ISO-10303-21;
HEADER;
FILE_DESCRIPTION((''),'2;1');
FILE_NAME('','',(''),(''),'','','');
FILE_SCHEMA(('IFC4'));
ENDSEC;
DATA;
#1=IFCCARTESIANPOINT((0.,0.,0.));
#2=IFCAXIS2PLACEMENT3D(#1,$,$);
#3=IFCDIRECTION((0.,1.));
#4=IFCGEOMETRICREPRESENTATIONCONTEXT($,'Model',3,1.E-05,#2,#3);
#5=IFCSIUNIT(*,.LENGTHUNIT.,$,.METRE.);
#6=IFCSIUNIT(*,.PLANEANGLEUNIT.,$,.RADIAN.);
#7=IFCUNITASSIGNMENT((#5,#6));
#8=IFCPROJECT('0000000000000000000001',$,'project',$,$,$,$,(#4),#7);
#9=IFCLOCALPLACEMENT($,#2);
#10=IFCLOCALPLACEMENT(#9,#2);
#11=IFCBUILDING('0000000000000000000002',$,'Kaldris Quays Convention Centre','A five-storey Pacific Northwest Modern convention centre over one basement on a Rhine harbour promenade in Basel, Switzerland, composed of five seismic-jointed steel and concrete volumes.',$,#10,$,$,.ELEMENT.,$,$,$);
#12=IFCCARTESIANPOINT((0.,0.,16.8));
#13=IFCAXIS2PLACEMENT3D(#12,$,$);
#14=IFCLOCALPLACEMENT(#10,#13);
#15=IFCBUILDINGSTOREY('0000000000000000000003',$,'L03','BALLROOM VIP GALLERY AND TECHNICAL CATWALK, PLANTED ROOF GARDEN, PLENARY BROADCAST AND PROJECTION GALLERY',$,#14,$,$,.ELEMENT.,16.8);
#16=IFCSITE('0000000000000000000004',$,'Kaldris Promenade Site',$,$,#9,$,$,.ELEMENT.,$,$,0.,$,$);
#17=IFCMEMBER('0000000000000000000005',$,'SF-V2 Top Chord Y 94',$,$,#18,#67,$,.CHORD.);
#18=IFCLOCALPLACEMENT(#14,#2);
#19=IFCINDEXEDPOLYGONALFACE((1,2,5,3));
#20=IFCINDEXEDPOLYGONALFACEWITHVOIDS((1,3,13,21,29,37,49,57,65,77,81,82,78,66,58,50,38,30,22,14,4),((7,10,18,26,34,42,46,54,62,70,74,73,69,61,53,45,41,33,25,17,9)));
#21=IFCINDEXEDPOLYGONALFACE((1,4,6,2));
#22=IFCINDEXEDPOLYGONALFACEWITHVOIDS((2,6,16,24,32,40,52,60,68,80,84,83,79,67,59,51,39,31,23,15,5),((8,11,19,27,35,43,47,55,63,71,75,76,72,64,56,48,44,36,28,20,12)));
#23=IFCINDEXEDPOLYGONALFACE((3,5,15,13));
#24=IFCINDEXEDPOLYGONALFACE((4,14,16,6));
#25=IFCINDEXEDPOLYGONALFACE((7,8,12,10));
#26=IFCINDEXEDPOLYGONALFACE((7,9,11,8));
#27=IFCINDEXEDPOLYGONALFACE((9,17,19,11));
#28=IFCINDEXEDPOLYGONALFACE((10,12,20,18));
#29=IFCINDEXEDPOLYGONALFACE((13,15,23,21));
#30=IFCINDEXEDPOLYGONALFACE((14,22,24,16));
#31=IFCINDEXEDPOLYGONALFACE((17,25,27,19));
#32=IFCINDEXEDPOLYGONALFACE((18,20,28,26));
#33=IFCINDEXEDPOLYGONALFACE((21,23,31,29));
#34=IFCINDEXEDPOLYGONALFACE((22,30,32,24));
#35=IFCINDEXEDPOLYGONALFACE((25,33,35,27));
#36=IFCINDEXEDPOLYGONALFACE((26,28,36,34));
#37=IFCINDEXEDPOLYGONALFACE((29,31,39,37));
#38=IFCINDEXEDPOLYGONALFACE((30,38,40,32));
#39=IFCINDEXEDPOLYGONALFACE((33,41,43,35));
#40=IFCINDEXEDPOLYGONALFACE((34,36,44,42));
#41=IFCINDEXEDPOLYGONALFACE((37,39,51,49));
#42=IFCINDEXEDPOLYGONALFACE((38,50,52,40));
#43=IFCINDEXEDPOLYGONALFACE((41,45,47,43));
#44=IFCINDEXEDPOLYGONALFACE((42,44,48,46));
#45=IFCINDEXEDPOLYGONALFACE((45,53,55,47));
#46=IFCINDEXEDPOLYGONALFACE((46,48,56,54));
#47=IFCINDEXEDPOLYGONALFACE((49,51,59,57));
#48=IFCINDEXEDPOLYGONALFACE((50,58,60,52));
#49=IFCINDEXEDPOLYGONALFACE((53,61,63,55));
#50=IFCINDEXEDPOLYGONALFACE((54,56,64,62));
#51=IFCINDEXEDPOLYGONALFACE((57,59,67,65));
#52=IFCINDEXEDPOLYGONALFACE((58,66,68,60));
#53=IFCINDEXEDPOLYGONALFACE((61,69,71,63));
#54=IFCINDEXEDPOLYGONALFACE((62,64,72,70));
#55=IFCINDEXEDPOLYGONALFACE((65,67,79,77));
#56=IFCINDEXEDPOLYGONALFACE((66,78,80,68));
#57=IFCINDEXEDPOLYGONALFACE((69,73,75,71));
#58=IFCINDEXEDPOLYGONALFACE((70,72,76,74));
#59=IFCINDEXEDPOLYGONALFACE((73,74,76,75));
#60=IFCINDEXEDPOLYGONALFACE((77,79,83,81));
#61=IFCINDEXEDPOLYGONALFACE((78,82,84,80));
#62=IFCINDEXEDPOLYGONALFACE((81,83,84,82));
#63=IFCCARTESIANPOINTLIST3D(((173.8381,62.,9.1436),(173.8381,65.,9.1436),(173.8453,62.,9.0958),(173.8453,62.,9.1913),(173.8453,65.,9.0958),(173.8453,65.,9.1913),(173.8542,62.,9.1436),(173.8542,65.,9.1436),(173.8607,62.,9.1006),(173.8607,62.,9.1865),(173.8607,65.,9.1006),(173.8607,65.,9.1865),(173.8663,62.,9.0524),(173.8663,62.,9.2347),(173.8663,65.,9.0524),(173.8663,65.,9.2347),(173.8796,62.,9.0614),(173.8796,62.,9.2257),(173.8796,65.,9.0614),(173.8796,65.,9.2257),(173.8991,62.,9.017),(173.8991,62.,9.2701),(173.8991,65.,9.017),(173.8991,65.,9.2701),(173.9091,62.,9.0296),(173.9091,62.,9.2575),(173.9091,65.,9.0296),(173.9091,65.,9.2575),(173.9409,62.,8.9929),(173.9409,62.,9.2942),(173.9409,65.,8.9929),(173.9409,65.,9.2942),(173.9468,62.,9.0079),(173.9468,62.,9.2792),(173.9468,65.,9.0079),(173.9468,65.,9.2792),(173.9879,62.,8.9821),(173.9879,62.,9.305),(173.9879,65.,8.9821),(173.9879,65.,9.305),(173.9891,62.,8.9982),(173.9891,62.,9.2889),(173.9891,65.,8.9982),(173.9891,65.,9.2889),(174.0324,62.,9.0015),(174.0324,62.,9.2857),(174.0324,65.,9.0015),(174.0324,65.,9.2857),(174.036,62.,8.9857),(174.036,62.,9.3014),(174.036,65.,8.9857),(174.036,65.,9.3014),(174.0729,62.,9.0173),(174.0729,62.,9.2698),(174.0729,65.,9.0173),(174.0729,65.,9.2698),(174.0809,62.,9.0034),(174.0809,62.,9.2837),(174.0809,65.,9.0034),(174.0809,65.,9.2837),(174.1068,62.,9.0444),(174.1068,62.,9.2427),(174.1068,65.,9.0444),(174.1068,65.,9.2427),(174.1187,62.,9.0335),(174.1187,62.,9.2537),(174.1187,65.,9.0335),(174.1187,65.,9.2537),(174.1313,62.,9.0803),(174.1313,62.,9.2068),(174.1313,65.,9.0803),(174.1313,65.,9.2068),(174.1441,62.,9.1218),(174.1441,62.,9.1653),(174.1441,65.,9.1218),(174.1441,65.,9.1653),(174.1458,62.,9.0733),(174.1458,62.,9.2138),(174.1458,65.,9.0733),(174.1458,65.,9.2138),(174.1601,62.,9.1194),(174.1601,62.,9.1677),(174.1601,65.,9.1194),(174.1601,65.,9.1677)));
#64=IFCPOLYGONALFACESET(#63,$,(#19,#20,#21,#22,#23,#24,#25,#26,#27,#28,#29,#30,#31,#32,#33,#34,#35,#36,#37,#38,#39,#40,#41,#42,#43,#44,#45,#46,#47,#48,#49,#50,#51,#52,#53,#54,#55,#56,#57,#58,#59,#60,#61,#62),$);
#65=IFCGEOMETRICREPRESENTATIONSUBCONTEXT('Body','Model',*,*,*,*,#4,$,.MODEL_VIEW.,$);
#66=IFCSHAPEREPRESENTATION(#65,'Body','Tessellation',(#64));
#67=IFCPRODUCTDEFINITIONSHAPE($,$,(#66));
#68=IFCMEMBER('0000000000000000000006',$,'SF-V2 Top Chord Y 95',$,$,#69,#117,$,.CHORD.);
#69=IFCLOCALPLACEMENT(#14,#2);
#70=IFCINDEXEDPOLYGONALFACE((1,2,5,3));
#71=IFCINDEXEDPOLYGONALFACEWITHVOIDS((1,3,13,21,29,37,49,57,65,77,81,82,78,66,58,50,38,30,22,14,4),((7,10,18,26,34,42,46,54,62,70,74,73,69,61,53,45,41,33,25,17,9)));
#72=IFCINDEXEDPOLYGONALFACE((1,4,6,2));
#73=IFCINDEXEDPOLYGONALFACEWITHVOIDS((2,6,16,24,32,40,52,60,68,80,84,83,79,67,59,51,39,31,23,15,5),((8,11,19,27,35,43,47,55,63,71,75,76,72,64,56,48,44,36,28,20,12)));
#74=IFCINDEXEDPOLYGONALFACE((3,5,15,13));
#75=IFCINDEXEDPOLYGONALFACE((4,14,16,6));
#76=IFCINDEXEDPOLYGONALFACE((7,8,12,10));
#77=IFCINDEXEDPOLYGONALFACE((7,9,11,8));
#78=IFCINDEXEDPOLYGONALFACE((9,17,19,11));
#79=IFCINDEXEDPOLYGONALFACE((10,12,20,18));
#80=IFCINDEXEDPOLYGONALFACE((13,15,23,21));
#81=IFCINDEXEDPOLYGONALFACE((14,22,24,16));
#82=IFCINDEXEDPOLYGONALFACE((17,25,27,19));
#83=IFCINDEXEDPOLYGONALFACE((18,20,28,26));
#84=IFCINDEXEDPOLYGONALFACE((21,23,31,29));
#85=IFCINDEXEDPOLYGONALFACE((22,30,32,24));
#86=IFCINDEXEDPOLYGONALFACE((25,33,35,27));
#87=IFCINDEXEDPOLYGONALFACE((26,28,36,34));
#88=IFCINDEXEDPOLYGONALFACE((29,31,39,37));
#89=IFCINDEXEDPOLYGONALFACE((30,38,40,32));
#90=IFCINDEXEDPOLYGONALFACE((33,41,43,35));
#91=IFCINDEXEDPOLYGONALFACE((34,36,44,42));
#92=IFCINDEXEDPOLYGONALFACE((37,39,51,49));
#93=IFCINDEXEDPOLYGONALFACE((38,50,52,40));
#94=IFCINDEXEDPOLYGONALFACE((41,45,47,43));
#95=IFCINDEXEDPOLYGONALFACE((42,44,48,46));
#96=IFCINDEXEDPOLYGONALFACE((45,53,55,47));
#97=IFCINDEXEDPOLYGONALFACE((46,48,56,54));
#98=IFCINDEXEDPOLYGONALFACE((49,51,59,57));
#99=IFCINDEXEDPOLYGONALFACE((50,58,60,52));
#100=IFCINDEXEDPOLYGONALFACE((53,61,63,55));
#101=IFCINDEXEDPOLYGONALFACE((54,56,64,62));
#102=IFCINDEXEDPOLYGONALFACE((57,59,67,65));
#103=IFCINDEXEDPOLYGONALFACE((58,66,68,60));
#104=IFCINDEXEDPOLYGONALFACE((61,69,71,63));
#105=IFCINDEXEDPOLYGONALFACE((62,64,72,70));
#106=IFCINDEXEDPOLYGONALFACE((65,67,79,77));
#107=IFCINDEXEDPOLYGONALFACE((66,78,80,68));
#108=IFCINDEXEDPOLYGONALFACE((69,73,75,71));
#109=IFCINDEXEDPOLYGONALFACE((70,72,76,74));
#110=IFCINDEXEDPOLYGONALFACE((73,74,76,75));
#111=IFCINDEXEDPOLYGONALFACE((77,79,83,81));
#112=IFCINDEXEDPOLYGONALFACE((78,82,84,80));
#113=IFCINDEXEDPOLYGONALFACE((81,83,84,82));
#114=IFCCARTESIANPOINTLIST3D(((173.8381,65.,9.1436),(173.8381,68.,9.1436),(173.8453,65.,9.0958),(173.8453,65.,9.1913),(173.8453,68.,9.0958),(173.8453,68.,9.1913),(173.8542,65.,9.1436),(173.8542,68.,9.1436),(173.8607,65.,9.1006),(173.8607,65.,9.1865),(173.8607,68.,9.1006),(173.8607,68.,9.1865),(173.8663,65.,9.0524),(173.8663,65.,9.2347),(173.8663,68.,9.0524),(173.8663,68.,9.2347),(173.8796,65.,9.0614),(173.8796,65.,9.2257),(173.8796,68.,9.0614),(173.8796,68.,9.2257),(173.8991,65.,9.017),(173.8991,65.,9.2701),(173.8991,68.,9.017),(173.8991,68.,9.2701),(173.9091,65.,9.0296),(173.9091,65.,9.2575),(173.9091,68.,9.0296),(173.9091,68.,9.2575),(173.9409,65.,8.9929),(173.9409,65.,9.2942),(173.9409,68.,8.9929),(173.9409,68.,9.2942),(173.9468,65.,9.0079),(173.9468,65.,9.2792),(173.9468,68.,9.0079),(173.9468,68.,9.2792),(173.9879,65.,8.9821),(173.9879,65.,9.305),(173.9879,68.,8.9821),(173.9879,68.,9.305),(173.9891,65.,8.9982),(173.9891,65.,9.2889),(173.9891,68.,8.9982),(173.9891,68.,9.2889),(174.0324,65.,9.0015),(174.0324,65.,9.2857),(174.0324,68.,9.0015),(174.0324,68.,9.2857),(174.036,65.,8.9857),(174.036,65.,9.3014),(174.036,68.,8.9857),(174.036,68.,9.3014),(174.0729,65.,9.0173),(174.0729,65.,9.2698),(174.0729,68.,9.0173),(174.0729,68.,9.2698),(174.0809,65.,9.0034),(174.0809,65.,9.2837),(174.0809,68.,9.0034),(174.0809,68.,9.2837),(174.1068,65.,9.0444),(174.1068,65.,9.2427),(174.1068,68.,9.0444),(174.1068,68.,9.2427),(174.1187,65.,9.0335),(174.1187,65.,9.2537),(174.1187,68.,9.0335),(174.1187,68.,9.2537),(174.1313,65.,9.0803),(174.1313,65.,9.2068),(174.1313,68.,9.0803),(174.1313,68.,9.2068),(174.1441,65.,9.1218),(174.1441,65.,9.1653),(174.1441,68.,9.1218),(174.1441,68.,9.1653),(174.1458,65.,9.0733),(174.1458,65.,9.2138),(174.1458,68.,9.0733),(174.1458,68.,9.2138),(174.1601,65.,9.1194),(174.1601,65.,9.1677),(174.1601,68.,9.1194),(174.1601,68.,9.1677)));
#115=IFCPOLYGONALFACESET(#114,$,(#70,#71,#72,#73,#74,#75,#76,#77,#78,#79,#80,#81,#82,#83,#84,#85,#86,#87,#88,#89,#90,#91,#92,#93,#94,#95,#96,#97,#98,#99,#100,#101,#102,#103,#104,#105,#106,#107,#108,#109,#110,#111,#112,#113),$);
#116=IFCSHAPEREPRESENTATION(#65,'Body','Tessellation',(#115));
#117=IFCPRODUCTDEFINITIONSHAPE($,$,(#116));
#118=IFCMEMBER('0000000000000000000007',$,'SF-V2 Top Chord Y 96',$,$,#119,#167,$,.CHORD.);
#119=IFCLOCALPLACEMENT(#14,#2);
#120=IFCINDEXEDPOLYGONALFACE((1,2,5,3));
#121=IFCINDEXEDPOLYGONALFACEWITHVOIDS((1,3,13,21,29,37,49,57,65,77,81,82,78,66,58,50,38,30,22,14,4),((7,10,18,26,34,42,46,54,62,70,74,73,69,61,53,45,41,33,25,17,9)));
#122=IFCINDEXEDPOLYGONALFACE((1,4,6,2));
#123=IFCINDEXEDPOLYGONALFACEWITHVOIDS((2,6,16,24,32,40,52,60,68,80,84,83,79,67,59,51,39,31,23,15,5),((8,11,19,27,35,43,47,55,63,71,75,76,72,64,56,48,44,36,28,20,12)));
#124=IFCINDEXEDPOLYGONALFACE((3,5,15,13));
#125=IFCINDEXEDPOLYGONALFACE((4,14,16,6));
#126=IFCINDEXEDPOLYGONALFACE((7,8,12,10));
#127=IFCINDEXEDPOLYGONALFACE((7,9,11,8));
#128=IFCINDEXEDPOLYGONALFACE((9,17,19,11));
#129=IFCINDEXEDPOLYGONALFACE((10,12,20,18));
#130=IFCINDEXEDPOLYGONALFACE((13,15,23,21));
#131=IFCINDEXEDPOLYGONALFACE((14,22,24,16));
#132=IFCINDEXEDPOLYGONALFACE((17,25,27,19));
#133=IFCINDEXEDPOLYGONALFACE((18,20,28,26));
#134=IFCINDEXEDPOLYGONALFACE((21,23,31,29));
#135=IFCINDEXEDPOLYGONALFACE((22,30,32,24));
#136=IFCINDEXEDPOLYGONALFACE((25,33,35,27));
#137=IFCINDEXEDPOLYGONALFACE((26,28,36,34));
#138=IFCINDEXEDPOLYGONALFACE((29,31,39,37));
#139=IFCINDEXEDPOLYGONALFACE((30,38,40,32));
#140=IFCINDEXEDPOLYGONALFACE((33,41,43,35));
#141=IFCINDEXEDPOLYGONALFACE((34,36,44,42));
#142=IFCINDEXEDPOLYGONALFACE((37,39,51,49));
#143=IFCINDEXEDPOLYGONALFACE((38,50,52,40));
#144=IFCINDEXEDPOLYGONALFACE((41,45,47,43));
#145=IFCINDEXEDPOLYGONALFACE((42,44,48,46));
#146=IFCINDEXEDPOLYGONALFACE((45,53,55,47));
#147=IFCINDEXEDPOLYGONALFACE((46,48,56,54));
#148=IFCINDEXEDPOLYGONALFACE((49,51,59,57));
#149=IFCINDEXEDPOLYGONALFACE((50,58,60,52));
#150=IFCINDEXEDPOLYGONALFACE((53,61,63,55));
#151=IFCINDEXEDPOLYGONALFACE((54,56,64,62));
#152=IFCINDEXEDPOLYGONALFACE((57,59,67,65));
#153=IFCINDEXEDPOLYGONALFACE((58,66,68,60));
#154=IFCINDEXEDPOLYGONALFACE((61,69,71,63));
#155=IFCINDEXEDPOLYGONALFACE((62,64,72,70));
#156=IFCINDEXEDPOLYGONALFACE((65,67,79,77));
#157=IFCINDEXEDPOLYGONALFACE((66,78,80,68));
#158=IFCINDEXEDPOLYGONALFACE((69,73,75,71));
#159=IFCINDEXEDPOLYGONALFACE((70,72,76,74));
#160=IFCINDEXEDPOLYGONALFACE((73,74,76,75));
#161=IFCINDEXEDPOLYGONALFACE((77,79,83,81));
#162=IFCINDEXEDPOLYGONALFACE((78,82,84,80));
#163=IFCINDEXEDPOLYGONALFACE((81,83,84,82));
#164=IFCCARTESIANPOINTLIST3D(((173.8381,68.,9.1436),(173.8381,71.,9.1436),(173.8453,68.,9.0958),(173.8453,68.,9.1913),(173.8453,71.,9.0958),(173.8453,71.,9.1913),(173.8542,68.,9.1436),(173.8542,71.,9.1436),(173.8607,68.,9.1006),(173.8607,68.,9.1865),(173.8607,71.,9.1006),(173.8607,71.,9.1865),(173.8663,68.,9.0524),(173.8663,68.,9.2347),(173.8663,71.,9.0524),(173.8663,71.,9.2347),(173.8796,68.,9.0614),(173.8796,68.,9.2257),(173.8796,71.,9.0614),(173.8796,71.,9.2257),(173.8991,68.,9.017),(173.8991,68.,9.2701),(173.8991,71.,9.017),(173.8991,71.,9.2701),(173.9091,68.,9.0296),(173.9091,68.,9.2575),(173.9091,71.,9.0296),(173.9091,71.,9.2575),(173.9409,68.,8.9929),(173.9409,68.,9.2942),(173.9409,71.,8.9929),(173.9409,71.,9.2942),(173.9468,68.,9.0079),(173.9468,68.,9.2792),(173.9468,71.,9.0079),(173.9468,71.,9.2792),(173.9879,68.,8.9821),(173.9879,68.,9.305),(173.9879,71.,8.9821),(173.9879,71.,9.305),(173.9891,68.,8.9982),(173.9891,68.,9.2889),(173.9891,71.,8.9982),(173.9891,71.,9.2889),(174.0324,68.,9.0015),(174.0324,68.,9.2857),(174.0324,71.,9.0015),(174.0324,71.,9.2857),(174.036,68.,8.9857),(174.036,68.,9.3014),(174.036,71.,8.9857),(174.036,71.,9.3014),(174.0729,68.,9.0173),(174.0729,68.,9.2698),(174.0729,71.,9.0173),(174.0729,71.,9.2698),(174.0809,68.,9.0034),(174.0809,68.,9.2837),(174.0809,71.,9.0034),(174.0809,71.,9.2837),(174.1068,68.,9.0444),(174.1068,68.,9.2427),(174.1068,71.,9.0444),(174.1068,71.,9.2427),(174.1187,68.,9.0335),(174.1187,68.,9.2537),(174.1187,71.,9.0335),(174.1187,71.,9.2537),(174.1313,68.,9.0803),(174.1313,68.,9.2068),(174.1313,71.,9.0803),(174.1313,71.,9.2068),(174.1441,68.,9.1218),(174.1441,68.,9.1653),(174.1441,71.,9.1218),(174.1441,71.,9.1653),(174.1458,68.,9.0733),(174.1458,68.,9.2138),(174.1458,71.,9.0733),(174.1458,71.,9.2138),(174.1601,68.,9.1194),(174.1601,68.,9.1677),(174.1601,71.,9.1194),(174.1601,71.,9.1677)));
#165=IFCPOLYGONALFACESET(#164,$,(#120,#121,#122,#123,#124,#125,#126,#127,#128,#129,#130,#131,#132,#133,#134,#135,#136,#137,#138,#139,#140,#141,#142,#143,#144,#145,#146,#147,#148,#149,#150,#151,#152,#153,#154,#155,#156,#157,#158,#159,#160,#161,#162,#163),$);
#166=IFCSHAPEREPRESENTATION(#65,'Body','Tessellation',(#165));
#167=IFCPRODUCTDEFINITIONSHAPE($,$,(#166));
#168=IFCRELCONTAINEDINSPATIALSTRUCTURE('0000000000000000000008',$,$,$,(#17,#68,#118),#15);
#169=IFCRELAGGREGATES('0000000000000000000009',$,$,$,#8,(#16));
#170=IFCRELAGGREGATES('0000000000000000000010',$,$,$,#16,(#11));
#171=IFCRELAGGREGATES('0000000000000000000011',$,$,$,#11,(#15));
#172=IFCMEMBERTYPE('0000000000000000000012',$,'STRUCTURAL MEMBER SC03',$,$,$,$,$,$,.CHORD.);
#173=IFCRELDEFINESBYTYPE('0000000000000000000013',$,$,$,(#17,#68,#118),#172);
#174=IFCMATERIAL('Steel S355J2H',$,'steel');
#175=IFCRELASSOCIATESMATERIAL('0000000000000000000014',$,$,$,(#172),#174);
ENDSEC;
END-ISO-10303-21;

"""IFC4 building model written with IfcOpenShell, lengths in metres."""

from ifc_helpers import new_model, si_unit, direction, frame, origin, origin_2d, place, context, subcontext, project, spatial, hollow_circle, extrude, material, material_profile, profile_set, type_object, element, save


model = new_model("IFC4")

# Units and contexts
model_context = context("Model", 3, precision=1e-05, world=origin(), true_north=direction((0.0, 1.0)))
body_context = subcontext(model_context, "Body", "Model", "MODEL_VIEW")
ifc_project = project(units=[si_unit("LENGTHUNIT", "METRE"), si_unit("PLANEANGLEUNIT", "RADIAN")], contexts=[model_context])

# Site, building, storey
site_placement = place(None, origin())
site = spatial("IfcSite", under=ifc_project, at=site_placement, Name="Kaldris Promenade Site", CompositionType="ELEMENT", RefElevation=0.0)
building_placement = place(site_placement, origin())
building = spatial("IfcBuilding", under=site, at=building_placement, Name="Kaldris Quays Convention Centre", Description="A five-storey Pacific Northwest Modern convention centre over one basement on a Rhine harbour promenade in Basel, Switzerland, composed of five seismic-jointed steel and concrete volumes.", CompositionType="ELEMENT")
storey_placement = place(building_placement, frame((0.0, 0.0, 16.8)))
storey = spatial("IfcBuildingStorey", under=building, at=storey_placement, Name="L03", Description="BALLROOM VIP GALLERY AND TECHNICAL CATWALK, PLANTED ROOF GARDEN, PLENARY BROADCAST AND PROJECTION GALLERY", CompositionType="ELEMENT", Elevation=16.8)

# Members
ifc_material_1 = material(Name="Steel S355J2H", Category="steel")
ifc_material_profile_1 = material_profile(ifc_material_1, hollow_circle(Radius=0.1619, WallThickness=0.0161, at=origin_2d()), Name="CHS 323.9x16")
ifc_profile_set_1 = profile_set([ifc_material_profile_1], Name="Steel S355J2H")
member_type_1 = type_object("IfcMemberType", Name="STRUCTURAL MEMBER SC03", PredefinedType="CHORD", material=ifc_profile_set_1)
for number, where, z_axis, x_axis, name in (
    (1, (174.0, 62.0, 9.1436), (0.0, 1.0, 0.0), (-1.0, 0.0, 0.0), "SF-V2 Top Chord Y 94"),
    (2, (174.0, 65.0, 9.1436), (0.0, 1.0, 0.0), (-1.0, 0.0, 0.0), "SF-V2 Top Chord Y 95"),
    (3, (174.0, 68.0, 9.1436), (0.0, 1.0, 0.0), (-1.0, 0.0, 0.0), "SF-V2 Top Chord Y 96"),
):
    element("IfcMember", number, at=place(storey_placement, frame(where, z_axis=z_axis, x_axis=x_axis)), inside=storey, type_object=member_type_1, Name=name, PredefinedType="CHORD", context=body_context, shape_type="SweptSolid", body=[
        extrude(hollow_circle(Radius=0.1619, WallThickness=0.0161, at=origin_2d()), origin(), (0.0, 0.0, 1.0), 3.0),
    ])

save(model, "model.ifc")
